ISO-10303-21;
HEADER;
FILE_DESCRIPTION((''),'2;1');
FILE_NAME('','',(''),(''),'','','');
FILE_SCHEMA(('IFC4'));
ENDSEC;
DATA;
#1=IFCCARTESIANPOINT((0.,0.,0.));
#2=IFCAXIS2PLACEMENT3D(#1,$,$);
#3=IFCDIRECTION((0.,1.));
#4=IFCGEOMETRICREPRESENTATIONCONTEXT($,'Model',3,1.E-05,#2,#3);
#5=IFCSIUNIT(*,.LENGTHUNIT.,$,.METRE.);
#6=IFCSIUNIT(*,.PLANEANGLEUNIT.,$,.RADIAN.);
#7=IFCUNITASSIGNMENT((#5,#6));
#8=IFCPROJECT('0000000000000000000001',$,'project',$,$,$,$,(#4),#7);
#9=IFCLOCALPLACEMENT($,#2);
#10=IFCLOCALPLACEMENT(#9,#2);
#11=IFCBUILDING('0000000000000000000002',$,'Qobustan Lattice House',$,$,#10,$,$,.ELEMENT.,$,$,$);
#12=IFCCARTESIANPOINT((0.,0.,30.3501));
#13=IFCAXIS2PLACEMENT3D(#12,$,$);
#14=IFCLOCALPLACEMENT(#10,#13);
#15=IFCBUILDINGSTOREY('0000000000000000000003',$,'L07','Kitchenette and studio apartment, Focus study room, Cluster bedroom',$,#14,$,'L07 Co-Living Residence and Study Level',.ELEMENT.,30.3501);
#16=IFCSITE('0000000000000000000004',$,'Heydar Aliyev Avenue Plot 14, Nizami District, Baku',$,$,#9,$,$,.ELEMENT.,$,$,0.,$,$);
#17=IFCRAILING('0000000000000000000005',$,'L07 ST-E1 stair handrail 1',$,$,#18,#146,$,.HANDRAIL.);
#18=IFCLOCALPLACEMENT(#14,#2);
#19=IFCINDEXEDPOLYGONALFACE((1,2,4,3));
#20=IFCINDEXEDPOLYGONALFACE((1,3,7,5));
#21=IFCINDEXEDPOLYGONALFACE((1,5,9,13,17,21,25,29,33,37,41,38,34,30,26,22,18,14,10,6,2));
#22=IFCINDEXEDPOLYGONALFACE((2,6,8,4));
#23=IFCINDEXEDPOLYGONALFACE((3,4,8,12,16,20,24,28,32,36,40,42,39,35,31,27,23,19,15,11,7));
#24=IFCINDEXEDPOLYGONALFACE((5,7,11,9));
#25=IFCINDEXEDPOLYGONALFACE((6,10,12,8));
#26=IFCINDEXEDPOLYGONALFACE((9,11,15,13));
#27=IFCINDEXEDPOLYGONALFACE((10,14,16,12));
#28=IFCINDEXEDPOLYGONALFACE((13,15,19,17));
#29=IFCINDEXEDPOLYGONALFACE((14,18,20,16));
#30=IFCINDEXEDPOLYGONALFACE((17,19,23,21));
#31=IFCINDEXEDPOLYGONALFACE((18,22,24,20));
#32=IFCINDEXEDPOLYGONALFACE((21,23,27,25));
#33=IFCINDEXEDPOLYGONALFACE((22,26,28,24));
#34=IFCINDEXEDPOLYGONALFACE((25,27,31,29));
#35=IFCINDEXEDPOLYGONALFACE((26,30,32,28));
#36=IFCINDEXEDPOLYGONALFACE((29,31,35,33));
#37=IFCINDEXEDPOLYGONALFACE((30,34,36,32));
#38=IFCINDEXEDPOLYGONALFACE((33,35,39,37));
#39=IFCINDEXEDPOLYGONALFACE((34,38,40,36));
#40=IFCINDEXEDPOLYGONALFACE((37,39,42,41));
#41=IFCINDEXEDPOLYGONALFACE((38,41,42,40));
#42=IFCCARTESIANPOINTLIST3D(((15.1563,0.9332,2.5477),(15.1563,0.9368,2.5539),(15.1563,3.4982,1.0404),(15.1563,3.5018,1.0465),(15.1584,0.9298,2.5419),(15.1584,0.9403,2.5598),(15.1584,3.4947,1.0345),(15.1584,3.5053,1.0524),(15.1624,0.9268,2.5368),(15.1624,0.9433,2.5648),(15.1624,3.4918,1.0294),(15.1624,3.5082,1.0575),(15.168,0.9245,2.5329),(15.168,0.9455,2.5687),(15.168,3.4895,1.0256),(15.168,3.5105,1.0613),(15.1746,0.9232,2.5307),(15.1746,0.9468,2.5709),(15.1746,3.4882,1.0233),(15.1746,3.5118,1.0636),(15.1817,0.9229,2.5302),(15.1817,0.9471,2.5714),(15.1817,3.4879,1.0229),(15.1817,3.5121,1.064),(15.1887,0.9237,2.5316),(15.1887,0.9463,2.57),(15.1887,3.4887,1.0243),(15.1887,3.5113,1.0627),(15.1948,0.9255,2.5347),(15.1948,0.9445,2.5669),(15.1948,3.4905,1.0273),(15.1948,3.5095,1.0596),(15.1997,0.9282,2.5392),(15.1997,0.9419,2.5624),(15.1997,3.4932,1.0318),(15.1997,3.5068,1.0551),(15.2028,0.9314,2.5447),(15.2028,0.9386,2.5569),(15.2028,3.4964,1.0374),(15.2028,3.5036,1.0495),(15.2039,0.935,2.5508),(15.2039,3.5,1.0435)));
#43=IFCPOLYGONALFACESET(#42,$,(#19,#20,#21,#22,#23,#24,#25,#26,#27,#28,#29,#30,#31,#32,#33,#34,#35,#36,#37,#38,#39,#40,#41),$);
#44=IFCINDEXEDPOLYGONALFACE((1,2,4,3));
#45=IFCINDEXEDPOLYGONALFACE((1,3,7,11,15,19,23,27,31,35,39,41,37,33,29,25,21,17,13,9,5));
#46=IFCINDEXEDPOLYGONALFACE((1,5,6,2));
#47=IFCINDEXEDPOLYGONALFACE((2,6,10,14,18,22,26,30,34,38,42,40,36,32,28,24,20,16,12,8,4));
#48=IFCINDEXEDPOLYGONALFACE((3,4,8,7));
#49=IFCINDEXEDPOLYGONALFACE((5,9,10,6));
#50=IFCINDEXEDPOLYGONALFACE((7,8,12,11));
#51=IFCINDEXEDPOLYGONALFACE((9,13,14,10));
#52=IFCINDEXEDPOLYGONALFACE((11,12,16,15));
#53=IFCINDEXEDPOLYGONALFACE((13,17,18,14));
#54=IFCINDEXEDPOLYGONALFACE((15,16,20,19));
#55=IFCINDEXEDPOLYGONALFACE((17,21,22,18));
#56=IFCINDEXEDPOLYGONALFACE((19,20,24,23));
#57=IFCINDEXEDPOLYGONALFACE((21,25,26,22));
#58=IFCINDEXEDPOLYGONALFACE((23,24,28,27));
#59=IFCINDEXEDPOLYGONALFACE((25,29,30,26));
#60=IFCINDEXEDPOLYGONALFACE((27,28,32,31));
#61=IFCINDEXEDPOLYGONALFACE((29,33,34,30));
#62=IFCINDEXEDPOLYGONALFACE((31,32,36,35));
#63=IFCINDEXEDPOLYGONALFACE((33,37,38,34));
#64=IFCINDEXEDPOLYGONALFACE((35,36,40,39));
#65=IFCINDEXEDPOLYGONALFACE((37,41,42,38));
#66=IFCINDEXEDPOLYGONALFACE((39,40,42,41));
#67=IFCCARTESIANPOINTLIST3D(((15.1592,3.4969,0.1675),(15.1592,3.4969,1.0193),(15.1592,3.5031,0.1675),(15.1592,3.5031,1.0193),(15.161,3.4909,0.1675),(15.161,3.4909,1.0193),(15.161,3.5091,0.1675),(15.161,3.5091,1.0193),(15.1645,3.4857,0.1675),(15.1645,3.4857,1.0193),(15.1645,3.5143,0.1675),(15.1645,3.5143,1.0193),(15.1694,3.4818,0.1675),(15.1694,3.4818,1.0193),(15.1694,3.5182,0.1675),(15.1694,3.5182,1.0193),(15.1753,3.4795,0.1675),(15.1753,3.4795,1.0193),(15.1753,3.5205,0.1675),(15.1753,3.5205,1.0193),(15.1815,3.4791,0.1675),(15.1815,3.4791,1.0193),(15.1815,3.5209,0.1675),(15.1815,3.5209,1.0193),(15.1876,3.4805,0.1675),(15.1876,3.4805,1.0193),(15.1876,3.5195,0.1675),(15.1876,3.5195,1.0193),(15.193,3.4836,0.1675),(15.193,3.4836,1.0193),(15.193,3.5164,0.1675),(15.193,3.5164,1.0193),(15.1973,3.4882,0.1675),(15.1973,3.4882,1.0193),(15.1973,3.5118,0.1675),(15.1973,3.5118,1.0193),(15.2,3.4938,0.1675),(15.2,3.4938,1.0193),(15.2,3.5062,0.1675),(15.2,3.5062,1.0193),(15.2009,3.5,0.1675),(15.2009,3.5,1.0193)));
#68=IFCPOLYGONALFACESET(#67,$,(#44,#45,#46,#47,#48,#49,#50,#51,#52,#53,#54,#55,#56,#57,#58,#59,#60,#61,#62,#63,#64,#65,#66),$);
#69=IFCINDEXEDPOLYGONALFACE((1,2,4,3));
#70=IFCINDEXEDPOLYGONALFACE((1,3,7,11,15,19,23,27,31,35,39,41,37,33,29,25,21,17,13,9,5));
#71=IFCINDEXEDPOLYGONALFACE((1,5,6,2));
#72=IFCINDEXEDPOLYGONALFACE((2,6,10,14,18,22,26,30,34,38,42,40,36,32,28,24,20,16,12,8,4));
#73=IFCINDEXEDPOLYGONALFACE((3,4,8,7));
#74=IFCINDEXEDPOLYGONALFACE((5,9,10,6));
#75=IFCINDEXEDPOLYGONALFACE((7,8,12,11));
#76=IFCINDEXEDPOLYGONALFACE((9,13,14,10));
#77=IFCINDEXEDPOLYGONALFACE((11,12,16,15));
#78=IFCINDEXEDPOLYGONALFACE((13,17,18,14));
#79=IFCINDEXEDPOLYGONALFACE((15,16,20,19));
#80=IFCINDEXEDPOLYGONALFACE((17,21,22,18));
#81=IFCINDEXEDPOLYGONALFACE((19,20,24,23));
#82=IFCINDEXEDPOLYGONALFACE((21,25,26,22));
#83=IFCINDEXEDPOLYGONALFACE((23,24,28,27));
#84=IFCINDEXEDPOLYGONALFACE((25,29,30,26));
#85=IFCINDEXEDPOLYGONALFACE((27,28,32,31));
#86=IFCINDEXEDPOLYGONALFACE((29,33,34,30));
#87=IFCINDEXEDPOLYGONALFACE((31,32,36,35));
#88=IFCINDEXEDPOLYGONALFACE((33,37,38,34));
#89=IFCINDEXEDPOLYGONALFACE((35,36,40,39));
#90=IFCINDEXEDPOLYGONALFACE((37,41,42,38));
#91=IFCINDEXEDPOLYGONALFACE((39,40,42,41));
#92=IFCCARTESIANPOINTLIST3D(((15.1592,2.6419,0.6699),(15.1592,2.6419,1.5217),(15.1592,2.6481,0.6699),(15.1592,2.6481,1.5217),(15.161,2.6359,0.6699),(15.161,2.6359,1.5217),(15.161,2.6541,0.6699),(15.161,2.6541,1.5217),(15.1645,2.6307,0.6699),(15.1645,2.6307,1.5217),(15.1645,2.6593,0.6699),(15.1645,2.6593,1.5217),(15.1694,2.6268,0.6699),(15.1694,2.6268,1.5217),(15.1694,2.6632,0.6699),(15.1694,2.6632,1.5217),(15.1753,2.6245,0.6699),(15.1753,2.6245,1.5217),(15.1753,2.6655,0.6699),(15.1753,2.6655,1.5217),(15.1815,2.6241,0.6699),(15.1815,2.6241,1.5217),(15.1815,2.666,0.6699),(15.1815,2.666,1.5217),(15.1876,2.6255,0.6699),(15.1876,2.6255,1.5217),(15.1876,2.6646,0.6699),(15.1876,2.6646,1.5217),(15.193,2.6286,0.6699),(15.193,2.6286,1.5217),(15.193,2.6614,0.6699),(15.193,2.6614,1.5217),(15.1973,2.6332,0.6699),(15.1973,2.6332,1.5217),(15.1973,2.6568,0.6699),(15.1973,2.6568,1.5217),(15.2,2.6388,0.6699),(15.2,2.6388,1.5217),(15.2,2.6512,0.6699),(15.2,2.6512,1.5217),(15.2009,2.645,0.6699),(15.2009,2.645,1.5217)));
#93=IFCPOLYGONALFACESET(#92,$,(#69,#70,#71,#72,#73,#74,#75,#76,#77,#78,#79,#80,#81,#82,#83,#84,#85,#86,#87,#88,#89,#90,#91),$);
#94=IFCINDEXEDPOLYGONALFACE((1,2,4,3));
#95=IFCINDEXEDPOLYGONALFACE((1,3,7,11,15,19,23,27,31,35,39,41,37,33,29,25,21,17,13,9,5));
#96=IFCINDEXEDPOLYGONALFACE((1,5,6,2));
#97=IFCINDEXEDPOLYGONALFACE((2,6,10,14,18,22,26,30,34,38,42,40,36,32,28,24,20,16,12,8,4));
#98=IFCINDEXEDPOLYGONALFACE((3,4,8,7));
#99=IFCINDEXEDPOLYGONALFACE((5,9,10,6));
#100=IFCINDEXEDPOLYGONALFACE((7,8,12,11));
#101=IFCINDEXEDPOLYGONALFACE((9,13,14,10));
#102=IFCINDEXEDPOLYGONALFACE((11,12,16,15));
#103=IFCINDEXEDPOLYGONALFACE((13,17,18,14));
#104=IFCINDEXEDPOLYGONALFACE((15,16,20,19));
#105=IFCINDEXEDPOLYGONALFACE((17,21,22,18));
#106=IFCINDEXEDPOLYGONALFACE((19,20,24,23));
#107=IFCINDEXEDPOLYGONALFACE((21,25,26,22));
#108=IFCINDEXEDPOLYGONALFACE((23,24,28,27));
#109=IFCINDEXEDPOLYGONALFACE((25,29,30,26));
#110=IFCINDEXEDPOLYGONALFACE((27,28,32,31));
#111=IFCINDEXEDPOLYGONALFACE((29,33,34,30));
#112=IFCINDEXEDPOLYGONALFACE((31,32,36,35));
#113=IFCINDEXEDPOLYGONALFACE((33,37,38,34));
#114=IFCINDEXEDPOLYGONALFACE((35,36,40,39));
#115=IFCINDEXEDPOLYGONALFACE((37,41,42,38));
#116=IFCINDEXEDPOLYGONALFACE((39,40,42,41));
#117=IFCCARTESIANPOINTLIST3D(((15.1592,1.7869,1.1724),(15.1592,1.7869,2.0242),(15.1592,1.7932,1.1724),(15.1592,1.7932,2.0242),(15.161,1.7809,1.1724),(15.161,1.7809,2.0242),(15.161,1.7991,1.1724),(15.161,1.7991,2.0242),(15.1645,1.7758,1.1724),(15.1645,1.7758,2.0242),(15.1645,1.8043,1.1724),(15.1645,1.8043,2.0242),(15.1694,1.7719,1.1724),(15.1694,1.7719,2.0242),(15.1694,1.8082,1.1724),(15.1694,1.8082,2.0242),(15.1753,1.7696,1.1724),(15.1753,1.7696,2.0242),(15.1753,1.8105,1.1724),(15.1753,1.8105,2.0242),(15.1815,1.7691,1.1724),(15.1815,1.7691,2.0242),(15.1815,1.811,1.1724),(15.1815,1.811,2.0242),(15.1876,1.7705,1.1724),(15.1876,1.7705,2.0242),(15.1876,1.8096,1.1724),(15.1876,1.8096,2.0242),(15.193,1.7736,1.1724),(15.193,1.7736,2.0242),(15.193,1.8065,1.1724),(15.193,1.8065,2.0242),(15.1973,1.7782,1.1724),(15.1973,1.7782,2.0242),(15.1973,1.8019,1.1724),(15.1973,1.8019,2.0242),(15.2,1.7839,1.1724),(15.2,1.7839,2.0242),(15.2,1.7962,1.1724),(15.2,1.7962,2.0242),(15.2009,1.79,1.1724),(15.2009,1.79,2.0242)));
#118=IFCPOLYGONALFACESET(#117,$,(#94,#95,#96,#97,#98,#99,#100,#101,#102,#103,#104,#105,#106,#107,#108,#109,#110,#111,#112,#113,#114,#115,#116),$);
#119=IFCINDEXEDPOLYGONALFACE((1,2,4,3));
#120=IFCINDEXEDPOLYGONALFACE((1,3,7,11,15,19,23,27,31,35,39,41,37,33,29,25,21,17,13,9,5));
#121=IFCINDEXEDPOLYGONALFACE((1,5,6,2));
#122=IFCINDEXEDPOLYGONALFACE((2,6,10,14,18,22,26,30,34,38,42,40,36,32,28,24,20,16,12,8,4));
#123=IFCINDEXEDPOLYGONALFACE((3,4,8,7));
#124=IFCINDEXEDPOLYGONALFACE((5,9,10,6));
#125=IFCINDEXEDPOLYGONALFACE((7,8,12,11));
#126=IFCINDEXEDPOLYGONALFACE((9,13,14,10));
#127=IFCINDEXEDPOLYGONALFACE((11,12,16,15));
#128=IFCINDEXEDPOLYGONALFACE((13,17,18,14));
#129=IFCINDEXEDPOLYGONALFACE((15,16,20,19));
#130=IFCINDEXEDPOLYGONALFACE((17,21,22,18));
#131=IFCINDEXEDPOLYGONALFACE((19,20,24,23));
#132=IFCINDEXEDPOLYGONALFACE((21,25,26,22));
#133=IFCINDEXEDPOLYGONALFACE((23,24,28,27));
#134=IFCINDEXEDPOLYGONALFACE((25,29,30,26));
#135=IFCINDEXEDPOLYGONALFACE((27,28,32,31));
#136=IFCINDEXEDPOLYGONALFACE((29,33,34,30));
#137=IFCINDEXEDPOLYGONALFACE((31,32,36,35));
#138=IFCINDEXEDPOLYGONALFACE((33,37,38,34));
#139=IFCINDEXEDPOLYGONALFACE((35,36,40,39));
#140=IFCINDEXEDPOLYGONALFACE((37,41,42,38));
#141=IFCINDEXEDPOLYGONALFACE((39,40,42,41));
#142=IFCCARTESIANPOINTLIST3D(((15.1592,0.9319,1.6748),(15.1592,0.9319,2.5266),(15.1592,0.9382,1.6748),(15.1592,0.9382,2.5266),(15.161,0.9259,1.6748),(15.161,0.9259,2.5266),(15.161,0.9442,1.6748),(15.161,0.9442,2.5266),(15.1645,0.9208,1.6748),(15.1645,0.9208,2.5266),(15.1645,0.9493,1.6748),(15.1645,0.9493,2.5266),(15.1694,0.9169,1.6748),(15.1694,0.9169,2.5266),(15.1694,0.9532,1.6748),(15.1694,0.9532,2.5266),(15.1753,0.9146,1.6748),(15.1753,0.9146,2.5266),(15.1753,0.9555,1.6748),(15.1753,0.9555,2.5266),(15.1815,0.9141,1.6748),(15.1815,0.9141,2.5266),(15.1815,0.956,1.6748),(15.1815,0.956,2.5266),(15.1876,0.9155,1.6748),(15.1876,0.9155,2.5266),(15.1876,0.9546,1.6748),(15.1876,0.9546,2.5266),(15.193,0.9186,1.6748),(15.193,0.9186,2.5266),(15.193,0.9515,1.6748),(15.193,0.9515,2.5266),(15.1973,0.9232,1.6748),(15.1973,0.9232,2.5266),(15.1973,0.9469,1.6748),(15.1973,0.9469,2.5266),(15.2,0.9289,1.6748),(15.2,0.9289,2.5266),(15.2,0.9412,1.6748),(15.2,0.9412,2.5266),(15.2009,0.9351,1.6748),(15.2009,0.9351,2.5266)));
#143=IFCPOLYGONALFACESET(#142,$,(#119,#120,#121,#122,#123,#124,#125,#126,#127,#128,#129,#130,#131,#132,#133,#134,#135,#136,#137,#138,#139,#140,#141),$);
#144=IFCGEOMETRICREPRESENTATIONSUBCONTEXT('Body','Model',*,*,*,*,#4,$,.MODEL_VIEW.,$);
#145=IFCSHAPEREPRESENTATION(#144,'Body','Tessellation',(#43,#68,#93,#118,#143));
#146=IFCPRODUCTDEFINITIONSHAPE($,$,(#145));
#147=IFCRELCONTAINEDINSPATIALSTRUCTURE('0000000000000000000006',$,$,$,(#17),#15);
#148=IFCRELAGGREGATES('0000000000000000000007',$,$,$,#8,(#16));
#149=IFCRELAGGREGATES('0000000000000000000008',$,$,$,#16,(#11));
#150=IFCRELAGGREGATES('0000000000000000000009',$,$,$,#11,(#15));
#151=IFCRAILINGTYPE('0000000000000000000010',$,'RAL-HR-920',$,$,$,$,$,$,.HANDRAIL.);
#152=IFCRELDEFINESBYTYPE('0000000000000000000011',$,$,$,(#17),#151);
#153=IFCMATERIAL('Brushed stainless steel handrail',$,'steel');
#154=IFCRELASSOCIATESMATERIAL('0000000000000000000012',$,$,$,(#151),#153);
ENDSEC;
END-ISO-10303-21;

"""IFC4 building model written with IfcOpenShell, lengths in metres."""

from ifc_helpers import new_model, si_unit, direction, frame, origin, origin_2d, place, context, subcontext, project, spatial, circle, extrude, material, type_object, element, save


model = new_model("IFC4")

# Units and contexts
model_context = context("Model", 3, precision=1e-05, world=origin(), true_north=direction((0.0, 1.0)))
body_context = subcontext(model_context, "Body", "Model", "MODEL_VIEW")
ifc_project = project(units=[si_unit("LENGTHUNIT", "METRE"), si_unit("PLANEANGLEUNIT", "RADIAN")], contexts=[model_context])

# Site, building, storey
site_placement = place(None, origin())
site = spatial("IfcSite", under=ifc_project, at=site_placement, Name="Heydar Aliyev Avenue Plot 14, Nizami District, Baku", CompositionType="ELEMENT", RefElevation=0.0)
building_placement = place(site_placement, origin())
building = spatial("IfcBuilding", under=site, at=building_placement, Name="Qobustan Lattice House", CompositionType="ELEMENT")
storey_placement = place(building_placement, frame((0.0, 0.0, 30.3501)))
storey = spatial("IfcBuildingStorey", under=building, at=storey_placement, Name="L07", Description="Kitchenette and studio apartment, Focus study room, Cluster bedroom", LongName="L07 Co-Living Residence and Study Level", CompositionType="ELEMENT", Elevation=30.3501)

# Railing
ifc_material_1 = material(Name="Brushed stainless steel handrail", Category="steel")
railing_type_1 = type_object("IfcRailingType", Name="RAL-HR-920", PredefinedType="HANDRAIL", material=ifc_material_1)
railing_1_placement = place(storey_placement, frame((15.1799, 3.5, 0.1675)))
element("IfcRailing", 1, at=railing_1_placement, inside=storey, type_object=railing_type_1, Name="L07 ST-E1 stair handrail 1", PredefinedType="HANDRAIL", context=body_context, shape_type="SweptSolid", body=[
    extrude(circle(Radius=0.0239, at=origin_2d()), frame((0.0, 0.0, 0.876), z_axis=(0.0, -0.862149, 0.506654), x_axis=(1.0, 0.0, 0.0)), (0.0, 0.0, 1.0), 2.9751),
    extrude(circle(Radius=0.021, at=origin_2d()), origin(), (0.0, 0.0, 1.0), 0.8518),
    extrude(circle(Radius=0.021, at=origin_2d()), frame((0.0, -0.855, 0.5024)), (0.0, 0.0, 1.0), 0.8518),
    extrude(circle(Radius=0.021, at=origin_2d()), frame((0.0, -1.71, 1.0049)), (0.0, 0.0, 1.0), 0.8518),
    extrude(circle(Radius=0.021, at=origin_2d()), frame((0.0, -2.5649, 1.5073)), (0.0, 0.0, 1.0), 0.8518),
])

save(model, "model.ifc")
